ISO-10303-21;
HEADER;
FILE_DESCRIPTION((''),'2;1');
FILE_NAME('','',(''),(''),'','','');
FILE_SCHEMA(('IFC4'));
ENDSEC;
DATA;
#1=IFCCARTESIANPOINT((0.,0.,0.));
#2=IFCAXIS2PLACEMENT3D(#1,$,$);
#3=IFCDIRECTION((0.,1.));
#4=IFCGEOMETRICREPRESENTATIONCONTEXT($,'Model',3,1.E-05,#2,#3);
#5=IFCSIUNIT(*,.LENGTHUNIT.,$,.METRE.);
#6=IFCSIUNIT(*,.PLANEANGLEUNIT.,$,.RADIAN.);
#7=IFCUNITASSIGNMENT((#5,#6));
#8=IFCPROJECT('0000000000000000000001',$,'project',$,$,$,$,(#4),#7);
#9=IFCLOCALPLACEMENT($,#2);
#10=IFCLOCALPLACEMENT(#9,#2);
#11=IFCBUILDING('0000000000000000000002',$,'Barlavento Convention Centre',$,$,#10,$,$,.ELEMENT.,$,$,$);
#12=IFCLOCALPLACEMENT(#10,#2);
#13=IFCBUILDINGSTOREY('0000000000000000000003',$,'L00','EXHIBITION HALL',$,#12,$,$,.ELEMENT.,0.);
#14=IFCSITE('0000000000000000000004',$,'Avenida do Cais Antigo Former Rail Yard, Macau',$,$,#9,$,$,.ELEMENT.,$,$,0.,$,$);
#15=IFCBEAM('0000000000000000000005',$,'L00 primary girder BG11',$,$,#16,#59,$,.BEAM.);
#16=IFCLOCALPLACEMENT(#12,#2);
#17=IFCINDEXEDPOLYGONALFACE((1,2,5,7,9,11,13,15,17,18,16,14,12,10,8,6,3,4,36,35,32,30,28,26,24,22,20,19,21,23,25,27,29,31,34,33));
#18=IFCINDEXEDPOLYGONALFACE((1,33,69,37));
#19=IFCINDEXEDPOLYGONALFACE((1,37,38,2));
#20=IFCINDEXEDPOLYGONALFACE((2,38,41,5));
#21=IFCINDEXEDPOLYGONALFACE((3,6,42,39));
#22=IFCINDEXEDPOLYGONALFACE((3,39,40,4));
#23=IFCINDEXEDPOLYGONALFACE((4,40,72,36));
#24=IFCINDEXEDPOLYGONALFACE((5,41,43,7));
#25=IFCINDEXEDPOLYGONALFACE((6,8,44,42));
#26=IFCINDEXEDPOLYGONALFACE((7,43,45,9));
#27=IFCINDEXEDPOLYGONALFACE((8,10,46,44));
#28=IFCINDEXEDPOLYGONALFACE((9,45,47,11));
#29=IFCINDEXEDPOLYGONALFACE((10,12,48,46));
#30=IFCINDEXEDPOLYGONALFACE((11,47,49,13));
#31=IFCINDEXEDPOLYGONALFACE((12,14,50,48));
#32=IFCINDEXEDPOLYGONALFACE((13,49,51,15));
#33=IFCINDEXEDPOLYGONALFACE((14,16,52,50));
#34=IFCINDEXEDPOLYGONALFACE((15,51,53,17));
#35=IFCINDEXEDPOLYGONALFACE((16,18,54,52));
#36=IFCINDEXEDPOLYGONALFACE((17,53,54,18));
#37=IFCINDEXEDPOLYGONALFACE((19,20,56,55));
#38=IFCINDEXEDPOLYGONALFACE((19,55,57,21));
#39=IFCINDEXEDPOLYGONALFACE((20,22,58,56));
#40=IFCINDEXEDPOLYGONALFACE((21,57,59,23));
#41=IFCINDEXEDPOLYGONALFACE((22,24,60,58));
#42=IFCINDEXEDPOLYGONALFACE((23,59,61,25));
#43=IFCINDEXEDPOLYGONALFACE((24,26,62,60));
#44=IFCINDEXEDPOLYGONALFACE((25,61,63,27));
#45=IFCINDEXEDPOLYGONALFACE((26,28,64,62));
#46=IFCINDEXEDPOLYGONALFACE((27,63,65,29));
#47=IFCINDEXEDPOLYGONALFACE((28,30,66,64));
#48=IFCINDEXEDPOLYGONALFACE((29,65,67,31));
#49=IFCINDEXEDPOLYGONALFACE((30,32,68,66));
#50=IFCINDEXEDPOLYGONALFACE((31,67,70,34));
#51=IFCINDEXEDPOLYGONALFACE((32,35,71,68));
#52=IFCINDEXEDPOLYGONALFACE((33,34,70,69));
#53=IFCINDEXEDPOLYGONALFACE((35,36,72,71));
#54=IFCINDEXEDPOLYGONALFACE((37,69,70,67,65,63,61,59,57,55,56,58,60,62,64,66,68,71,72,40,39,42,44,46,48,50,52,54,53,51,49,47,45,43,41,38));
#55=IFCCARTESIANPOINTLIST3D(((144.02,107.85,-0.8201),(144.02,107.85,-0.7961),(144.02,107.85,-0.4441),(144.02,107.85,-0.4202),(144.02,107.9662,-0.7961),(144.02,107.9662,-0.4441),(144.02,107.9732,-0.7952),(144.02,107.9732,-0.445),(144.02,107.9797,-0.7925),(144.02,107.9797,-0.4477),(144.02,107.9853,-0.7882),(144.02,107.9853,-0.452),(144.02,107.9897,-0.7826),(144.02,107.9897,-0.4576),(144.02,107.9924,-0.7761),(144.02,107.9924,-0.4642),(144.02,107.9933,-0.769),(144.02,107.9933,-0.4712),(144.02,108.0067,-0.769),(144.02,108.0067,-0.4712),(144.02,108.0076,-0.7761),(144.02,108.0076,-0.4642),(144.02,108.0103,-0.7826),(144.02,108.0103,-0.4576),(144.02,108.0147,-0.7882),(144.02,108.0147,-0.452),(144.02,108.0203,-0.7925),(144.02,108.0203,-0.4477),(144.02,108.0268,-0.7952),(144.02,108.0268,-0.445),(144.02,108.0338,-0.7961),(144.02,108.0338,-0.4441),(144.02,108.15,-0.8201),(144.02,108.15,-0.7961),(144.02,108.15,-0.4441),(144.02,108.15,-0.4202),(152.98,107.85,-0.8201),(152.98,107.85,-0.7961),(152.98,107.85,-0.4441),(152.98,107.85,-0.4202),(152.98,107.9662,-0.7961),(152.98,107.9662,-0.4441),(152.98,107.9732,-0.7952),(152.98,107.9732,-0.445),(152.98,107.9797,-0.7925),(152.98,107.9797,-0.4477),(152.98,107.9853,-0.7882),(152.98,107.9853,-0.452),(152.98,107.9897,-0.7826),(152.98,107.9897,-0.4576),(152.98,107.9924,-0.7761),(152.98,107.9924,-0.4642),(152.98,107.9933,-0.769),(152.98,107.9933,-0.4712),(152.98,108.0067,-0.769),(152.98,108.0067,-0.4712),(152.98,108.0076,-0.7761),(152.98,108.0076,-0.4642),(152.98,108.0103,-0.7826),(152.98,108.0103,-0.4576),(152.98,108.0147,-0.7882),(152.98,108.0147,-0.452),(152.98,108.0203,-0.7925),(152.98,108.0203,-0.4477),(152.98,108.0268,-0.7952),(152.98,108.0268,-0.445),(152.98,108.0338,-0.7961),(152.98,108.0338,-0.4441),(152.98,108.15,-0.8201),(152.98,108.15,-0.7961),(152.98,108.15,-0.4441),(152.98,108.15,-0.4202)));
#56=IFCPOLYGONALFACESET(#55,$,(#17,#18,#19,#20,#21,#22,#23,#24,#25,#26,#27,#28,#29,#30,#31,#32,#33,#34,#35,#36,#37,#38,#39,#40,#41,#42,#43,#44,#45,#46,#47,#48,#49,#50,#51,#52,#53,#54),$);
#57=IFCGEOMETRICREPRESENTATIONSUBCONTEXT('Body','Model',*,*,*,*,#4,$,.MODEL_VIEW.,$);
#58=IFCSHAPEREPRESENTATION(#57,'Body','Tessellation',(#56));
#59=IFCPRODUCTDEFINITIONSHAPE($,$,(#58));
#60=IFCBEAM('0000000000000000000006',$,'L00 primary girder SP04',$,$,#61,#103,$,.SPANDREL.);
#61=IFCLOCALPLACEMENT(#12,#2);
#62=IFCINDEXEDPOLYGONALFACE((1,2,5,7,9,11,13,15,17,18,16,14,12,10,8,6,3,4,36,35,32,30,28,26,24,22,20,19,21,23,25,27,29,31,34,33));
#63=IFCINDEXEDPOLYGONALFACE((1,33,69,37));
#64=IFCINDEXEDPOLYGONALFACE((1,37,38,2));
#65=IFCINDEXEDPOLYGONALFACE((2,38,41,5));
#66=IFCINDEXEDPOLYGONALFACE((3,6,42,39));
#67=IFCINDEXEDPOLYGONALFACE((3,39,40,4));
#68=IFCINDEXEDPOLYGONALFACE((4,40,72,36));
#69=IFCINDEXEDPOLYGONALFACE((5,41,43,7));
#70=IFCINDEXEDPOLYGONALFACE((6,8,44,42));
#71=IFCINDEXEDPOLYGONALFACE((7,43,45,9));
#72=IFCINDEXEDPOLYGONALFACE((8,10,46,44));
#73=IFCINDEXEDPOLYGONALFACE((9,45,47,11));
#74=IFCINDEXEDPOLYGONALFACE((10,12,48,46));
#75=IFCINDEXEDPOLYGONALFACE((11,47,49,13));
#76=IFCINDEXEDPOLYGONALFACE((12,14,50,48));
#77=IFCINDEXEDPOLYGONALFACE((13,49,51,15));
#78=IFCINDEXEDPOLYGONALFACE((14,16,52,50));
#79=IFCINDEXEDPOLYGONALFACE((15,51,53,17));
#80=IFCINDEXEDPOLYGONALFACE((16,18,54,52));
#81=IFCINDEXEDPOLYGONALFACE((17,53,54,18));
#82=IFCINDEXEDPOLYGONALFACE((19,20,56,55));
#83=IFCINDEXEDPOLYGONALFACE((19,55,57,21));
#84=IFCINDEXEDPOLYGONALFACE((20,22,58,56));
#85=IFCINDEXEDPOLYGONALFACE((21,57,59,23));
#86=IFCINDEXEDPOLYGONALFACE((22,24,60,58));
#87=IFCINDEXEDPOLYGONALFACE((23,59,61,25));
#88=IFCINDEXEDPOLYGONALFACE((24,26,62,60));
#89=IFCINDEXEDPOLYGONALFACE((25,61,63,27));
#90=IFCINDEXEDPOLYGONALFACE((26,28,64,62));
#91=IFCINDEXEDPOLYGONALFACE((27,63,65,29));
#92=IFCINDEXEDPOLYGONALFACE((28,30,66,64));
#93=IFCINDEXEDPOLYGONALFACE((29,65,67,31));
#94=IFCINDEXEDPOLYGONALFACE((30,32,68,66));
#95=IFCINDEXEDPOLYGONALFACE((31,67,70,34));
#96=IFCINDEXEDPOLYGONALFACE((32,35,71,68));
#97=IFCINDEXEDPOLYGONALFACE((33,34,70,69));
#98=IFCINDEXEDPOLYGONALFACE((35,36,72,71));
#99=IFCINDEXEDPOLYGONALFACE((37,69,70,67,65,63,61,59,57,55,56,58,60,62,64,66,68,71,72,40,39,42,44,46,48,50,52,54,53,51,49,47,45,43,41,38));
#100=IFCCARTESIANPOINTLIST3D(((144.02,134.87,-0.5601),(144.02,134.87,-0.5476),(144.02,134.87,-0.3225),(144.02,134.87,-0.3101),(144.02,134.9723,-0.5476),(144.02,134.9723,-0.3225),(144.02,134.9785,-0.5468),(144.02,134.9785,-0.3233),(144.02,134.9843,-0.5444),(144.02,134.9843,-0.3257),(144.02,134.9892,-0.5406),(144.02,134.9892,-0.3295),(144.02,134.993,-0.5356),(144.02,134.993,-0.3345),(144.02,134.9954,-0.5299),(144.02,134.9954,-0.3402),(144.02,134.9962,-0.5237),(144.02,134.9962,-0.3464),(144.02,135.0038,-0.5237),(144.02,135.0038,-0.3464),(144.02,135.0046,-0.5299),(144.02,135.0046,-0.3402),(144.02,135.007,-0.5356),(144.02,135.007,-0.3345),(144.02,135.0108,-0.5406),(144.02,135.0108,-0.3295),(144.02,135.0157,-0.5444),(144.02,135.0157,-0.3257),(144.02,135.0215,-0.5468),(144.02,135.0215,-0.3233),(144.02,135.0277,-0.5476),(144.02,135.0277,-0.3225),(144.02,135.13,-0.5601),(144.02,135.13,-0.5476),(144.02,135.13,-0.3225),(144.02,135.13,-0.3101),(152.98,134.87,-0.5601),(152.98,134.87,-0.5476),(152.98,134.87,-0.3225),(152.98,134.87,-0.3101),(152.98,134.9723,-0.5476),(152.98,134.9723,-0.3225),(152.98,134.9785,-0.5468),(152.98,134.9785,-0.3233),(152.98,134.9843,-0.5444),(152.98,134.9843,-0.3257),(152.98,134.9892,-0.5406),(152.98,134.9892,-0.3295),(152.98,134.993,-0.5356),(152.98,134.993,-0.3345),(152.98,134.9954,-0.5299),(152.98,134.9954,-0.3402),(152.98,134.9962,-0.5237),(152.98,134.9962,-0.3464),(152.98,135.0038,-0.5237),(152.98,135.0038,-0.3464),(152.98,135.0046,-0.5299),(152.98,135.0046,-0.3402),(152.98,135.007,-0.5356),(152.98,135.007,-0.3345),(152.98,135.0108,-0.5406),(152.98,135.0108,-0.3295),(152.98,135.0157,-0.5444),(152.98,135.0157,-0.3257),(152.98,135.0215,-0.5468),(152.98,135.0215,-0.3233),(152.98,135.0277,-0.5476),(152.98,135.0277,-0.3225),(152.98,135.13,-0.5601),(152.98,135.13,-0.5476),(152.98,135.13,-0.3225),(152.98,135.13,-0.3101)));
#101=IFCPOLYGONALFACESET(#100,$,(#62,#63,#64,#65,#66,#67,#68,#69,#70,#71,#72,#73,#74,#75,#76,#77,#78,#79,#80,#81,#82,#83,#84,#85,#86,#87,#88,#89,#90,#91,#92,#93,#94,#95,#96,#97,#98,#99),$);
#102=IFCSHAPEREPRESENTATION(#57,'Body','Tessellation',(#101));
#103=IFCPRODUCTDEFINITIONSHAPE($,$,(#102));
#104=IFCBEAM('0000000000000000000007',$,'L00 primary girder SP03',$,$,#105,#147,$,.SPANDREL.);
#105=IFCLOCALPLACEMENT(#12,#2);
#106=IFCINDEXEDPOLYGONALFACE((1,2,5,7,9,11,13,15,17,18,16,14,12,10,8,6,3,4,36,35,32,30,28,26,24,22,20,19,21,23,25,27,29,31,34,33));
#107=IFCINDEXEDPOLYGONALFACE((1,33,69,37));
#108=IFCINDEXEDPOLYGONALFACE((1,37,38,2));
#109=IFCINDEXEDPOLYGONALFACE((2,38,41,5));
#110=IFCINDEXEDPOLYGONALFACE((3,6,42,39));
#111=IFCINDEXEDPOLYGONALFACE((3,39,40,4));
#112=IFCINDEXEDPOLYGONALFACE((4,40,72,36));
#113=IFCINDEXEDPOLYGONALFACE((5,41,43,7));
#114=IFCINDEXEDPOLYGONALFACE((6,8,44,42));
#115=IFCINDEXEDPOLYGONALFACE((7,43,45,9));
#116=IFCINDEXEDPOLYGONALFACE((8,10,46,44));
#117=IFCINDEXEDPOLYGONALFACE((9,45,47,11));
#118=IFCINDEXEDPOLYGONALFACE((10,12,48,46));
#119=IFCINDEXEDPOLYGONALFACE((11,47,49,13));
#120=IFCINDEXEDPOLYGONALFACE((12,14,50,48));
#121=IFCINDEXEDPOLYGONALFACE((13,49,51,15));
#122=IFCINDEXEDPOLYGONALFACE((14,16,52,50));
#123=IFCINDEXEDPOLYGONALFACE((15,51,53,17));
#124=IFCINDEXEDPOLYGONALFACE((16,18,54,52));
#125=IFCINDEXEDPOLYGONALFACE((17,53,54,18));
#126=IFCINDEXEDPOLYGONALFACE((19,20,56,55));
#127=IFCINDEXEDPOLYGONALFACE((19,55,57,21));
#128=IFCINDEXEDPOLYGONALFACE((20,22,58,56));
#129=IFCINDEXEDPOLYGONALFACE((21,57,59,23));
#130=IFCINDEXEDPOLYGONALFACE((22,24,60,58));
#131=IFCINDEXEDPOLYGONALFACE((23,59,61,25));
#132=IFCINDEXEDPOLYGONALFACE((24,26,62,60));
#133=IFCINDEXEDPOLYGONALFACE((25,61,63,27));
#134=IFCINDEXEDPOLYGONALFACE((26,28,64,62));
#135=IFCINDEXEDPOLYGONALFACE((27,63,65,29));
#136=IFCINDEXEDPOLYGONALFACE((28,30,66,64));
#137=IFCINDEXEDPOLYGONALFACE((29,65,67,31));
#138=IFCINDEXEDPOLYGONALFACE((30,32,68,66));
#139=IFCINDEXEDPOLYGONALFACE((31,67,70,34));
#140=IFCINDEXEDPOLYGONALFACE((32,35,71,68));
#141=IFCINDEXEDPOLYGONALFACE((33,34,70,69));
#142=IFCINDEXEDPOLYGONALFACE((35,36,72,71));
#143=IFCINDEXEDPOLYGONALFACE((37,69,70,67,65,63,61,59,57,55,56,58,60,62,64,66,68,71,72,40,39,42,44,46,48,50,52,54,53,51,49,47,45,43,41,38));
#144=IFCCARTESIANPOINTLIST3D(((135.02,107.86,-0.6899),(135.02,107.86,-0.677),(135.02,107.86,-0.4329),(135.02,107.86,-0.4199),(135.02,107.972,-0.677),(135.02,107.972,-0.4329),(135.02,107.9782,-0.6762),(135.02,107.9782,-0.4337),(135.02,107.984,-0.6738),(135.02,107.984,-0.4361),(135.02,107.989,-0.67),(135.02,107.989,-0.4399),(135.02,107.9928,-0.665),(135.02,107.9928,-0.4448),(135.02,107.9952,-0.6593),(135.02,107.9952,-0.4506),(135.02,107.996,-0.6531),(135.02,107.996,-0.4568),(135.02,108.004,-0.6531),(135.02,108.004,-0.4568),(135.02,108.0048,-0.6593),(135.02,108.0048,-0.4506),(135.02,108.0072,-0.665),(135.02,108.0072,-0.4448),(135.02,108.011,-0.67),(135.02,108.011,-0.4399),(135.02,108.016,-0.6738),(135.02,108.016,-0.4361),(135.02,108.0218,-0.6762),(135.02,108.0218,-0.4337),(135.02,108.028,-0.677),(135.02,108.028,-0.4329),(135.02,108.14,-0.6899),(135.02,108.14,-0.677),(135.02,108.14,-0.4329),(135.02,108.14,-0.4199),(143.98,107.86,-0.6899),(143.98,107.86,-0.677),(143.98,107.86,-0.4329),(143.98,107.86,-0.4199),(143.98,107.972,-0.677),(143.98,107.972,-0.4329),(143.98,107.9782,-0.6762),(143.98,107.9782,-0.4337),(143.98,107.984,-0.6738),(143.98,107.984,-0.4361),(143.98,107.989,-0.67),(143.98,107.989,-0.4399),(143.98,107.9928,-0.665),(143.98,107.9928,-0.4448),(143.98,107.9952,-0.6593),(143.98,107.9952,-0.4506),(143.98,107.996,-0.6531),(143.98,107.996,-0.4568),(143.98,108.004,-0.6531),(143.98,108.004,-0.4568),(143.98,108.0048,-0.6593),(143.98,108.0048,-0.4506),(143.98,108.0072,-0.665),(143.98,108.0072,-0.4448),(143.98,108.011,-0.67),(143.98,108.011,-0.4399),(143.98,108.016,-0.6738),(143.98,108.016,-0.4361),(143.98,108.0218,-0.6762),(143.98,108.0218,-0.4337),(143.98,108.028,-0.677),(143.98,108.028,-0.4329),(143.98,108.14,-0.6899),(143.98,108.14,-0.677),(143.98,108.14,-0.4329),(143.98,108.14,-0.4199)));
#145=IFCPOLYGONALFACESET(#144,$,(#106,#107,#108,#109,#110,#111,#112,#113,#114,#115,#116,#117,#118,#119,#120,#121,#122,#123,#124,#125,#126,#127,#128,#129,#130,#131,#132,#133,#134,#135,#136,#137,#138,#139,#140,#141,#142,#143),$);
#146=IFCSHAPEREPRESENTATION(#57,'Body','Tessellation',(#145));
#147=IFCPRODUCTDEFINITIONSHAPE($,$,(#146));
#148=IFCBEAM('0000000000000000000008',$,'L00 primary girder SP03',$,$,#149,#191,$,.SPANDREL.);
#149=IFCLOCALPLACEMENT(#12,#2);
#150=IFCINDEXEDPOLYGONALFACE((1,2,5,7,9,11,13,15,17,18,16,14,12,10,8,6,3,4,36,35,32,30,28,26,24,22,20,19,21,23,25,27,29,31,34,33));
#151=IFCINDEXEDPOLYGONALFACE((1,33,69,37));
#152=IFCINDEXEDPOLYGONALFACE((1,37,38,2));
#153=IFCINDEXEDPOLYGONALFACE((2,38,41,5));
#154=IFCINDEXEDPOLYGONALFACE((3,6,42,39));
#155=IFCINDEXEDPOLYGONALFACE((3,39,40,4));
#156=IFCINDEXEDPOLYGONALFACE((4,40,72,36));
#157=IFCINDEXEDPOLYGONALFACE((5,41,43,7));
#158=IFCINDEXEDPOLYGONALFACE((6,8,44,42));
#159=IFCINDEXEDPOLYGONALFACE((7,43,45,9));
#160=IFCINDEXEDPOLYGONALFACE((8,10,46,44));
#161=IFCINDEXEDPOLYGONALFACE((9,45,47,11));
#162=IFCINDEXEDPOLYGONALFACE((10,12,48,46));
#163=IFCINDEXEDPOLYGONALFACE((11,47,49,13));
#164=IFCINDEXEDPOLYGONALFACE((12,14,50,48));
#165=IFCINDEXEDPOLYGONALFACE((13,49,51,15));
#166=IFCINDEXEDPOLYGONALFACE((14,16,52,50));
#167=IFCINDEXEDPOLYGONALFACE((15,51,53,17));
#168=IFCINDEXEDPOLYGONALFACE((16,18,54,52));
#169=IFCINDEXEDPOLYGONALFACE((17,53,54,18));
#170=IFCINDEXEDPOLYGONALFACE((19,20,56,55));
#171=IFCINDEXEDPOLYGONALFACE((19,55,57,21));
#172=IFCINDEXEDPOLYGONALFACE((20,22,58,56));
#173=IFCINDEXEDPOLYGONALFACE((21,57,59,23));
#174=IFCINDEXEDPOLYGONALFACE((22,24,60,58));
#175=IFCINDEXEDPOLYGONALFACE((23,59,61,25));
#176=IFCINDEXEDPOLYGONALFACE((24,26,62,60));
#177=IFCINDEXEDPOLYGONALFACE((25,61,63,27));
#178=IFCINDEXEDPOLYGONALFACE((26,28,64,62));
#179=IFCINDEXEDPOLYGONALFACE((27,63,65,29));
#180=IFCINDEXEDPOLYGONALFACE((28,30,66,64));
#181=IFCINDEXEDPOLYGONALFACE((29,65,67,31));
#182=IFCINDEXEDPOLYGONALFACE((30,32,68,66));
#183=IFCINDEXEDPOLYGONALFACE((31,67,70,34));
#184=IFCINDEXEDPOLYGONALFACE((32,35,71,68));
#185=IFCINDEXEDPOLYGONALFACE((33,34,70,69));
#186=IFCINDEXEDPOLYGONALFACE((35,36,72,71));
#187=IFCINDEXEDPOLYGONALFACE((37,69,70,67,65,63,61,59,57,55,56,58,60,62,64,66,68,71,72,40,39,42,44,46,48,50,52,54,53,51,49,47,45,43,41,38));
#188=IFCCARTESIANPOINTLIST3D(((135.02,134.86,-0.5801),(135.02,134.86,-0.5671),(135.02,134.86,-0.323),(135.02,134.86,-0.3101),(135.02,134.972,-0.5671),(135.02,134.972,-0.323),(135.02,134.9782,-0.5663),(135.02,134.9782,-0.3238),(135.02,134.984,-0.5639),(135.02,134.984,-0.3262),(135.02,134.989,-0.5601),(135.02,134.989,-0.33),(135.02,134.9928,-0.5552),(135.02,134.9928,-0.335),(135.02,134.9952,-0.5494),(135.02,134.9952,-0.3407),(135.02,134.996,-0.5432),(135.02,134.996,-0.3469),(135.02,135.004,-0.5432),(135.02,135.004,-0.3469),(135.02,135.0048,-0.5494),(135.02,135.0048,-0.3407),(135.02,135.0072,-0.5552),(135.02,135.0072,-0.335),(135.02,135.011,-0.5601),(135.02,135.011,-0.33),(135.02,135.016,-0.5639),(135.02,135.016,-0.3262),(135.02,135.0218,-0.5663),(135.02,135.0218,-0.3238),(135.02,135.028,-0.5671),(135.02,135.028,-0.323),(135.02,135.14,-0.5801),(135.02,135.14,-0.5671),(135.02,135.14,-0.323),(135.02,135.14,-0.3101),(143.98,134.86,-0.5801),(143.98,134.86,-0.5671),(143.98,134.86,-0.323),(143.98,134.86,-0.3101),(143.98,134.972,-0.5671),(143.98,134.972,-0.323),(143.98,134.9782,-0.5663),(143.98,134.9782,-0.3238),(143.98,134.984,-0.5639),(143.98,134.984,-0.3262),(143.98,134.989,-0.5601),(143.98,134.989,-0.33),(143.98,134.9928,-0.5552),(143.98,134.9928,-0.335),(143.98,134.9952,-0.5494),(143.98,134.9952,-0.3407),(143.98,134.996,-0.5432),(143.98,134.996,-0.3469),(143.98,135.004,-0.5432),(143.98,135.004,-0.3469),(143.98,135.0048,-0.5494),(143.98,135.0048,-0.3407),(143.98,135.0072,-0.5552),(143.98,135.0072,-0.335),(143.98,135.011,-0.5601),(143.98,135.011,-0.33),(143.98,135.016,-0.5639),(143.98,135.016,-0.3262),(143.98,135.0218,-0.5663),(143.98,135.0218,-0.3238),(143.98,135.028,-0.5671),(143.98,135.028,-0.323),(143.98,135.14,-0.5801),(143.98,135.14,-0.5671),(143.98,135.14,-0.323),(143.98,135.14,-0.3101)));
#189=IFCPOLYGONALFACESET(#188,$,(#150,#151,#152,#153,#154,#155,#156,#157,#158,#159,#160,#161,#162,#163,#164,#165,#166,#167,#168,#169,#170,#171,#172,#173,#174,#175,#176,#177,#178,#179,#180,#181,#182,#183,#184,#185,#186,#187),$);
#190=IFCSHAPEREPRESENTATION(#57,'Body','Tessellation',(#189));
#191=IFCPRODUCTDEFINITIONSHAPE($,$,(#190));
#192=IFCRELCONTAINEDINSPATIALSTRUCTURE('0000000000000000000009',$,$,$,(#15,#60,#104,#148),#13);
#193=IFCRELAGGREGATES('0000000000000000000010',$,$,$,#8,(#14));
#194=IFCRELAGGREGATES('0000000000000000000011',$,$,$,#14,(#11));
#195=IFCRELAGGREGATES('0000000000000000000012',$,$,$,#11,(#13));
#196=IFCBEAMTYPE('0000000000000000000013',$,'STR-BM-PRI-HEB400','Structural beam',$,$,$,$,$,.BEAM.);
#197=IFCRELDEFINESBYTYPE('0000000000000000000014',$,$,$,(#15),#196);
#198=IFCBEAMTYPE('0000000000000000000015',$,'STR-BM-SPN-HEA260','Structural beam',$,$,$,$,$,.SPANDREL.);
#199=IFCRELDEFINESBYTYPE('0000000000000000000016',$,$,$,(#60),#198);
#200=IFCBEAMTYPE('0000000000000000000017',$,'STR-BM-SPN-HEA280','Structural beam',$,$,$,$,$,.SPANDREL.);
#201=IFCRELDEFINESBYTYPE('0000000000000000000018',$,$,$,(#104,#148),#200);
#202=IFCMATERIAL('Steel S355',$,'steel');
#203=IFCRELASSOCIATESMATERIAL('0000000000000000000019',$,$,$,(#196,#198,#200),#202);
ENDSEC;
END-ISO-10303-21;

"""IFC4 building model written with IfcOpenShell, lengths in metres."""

from ifc_helpers import new_model, si_unit, direction, frame, origin, origin_2d, place, context, subcontext, project, spatial, i_section, extrude, material, material_profile, profile_set, type_object, element, save


model = new_model("IFC4")

# Units and contexts
model_context = context("Model", 3, precision=1e-05, world=origin(), true_north=direction((0.0, 1.0)))
body_context = subcontext(model_context, "Body", "Model", "MODEL_VIEW")
ifc_project = project(units=[si_unit("LENGTHUNIT", "METRE"), si_unit("PLANEANGLEUNIT", "RADIAN")], contexts=[model_context])

# Site, building, storey
site_placement = place(None, origin())
site = spatial("IfcSite", under=ifc_project, at=site_placement, Name="Avenida do Cais Antigo Former Rail Yard, Macau", CompositionType="ELEMENT", RefElevation=0.0)
building_placement = place(site_placement, origin())
building = spatial("IfcBuilding", under=site, at=building_placement, Name="Barlavento Convention Centre", CompositionType="ELEMENT")
storey_placement = place(building_placement, origin())
storey = spatial("IfcBuildingStorey", under=building, at=storey_placement, Name="L00", Description="EXHIBITION HALL", CompositionType="ELEMENT", Elevation=0.0)

# Beams
ifc_material_1 = material(Name="Steel S355", Category="steel")
ifc_material_profile_1 = material_profile(ifc_material_1, i_section(OverallWidth=0.3, OverallDepth=0.3999, WebThickness=0.0134, FlangeThickness=0.0239, FilletRadius=0.0271, at=origin_2d()), Name="HEB 400")
ifc_profile_set_1 = profile_set([ifc_material_profile_1], Name="Steel S355")
beam_type_1 = type_object("IfcBeamType", Name="STR-BM-PRI-HEB400", Description="Structural beam", PredefinedType="BEAM", material=ifc_profile_set_1)
beam_1_placement = place(storey_placement, frame((144.02, 108.0, -0.6201), z_axis=(1.0, 0.0, 0.0), x_axis=(0.0, 1.0, 0.0)))
element("IfcBeam", 1, at=beam_1_placement, inside=storey, type_object=beam_type_1, Name="L00 primary girder BG11", PredefinedType="BEAM", context=body_context, shape_type="SweptSolid", body=[
    extrude(i_section(OverallWidth=0.3, OverallDepth=0.3999, WebThickness=0.0134, FlangeThickness=0.0239, FilletRadius=0.0271, at=origin_2d()), origin(), (0.0, 0.0, 1.0), 8.96),
])
ifc_material_profile_2 = material_profile(ifc_material_1, i_section(OverallWidth=0.26, OverallDepth=0.25, WebThickness=0.0076, FlangeThickness=0.0125, FilletRadius=0.0239, at=origin_2d()), Name="HEA 260")
ifc_profile_set_2 = profile_set([ifc_material_profile_2], Name="Steel S355")
beam_type_2 = type_object("IfcBeamType", Name="STR-BM-SPN-HEA260", Description="Structural beam", PredefinedType="SPANDREL", material=ifc_profile_set_2)
beam_2_placement = place(storey_placement, frame((144.02, 135.0, -0.4351), z_axis=(1.0, 0.0, 0.0), x_axis=(0.0, 1.0, 0.0)))
element("IfcBeam", 2, at=beam_2_placement, inside=storey, type_object=beam_type_2, Name="L00 primary girder SP04", PredefinedType="SPANDREL", context=body_context, shape_type="SweptSolid", body=[
    extrude(i_section(OverallWidth=0.26, OverallDepth=0.25, WebThickness=0.0076, FlangeThickness=0.0125, FilletRadius=0.0239, at=origin_2d()), origin(), (0.0, 0.0, 1.0), 8.96),
])
ifc_material_profile_3 = material_profile(ifc_material_1, i_section(OverallWidth=0.28, OverallDepth=0.27, WebThickness=0.0081, FlangeThickness=0.0129, FilletRadius=0.0239, at=origin_2d()), Name="HEA 280")
ifc_profile_set_3 = profile_set([ifc_material_profile_3], Name="Steel S355")
beam_type_3 = type_object("IfcBeamType", Name="STR-BM-SPN-HEA280", Description="Structural beam", PredefinedType="SPANDREL", material=ifc_profile_set_3)
for number, where, z_axis, x_axis, name in (
    (3, (135.02, 108.0, -0.5549), (1.0, 0.0, 0.0), (0.0, 1.0, 0.0), "L00 primary girder SP03"),
    (4, (135.02, 135.0, -0.4451), (1.0, 0.0, 0.0), (0.0, 1.0, 0.0), "L00 primary girder SP03"),
):
    element("IfcBeam", number, at=place(storey_placement, frame(where, z_axis=z_axis, x_axis=x_axis)), inside=storey, type_object=beam_type_3, Name=name, PredefinedType="SPANDREL", context=body_context, shape_type="SweptSolid", body=[
        extrude(i_section(OverallWidth=0.28, OverallDepth=0.27, WebThickness=0.0081, FlangeThickness=0.0129, FilletRadius=0.0239, at=origin_2d()), origin(), (0.0, 0.0, 1.0), 8.96),
    ])

save(model, "model.ifc")
